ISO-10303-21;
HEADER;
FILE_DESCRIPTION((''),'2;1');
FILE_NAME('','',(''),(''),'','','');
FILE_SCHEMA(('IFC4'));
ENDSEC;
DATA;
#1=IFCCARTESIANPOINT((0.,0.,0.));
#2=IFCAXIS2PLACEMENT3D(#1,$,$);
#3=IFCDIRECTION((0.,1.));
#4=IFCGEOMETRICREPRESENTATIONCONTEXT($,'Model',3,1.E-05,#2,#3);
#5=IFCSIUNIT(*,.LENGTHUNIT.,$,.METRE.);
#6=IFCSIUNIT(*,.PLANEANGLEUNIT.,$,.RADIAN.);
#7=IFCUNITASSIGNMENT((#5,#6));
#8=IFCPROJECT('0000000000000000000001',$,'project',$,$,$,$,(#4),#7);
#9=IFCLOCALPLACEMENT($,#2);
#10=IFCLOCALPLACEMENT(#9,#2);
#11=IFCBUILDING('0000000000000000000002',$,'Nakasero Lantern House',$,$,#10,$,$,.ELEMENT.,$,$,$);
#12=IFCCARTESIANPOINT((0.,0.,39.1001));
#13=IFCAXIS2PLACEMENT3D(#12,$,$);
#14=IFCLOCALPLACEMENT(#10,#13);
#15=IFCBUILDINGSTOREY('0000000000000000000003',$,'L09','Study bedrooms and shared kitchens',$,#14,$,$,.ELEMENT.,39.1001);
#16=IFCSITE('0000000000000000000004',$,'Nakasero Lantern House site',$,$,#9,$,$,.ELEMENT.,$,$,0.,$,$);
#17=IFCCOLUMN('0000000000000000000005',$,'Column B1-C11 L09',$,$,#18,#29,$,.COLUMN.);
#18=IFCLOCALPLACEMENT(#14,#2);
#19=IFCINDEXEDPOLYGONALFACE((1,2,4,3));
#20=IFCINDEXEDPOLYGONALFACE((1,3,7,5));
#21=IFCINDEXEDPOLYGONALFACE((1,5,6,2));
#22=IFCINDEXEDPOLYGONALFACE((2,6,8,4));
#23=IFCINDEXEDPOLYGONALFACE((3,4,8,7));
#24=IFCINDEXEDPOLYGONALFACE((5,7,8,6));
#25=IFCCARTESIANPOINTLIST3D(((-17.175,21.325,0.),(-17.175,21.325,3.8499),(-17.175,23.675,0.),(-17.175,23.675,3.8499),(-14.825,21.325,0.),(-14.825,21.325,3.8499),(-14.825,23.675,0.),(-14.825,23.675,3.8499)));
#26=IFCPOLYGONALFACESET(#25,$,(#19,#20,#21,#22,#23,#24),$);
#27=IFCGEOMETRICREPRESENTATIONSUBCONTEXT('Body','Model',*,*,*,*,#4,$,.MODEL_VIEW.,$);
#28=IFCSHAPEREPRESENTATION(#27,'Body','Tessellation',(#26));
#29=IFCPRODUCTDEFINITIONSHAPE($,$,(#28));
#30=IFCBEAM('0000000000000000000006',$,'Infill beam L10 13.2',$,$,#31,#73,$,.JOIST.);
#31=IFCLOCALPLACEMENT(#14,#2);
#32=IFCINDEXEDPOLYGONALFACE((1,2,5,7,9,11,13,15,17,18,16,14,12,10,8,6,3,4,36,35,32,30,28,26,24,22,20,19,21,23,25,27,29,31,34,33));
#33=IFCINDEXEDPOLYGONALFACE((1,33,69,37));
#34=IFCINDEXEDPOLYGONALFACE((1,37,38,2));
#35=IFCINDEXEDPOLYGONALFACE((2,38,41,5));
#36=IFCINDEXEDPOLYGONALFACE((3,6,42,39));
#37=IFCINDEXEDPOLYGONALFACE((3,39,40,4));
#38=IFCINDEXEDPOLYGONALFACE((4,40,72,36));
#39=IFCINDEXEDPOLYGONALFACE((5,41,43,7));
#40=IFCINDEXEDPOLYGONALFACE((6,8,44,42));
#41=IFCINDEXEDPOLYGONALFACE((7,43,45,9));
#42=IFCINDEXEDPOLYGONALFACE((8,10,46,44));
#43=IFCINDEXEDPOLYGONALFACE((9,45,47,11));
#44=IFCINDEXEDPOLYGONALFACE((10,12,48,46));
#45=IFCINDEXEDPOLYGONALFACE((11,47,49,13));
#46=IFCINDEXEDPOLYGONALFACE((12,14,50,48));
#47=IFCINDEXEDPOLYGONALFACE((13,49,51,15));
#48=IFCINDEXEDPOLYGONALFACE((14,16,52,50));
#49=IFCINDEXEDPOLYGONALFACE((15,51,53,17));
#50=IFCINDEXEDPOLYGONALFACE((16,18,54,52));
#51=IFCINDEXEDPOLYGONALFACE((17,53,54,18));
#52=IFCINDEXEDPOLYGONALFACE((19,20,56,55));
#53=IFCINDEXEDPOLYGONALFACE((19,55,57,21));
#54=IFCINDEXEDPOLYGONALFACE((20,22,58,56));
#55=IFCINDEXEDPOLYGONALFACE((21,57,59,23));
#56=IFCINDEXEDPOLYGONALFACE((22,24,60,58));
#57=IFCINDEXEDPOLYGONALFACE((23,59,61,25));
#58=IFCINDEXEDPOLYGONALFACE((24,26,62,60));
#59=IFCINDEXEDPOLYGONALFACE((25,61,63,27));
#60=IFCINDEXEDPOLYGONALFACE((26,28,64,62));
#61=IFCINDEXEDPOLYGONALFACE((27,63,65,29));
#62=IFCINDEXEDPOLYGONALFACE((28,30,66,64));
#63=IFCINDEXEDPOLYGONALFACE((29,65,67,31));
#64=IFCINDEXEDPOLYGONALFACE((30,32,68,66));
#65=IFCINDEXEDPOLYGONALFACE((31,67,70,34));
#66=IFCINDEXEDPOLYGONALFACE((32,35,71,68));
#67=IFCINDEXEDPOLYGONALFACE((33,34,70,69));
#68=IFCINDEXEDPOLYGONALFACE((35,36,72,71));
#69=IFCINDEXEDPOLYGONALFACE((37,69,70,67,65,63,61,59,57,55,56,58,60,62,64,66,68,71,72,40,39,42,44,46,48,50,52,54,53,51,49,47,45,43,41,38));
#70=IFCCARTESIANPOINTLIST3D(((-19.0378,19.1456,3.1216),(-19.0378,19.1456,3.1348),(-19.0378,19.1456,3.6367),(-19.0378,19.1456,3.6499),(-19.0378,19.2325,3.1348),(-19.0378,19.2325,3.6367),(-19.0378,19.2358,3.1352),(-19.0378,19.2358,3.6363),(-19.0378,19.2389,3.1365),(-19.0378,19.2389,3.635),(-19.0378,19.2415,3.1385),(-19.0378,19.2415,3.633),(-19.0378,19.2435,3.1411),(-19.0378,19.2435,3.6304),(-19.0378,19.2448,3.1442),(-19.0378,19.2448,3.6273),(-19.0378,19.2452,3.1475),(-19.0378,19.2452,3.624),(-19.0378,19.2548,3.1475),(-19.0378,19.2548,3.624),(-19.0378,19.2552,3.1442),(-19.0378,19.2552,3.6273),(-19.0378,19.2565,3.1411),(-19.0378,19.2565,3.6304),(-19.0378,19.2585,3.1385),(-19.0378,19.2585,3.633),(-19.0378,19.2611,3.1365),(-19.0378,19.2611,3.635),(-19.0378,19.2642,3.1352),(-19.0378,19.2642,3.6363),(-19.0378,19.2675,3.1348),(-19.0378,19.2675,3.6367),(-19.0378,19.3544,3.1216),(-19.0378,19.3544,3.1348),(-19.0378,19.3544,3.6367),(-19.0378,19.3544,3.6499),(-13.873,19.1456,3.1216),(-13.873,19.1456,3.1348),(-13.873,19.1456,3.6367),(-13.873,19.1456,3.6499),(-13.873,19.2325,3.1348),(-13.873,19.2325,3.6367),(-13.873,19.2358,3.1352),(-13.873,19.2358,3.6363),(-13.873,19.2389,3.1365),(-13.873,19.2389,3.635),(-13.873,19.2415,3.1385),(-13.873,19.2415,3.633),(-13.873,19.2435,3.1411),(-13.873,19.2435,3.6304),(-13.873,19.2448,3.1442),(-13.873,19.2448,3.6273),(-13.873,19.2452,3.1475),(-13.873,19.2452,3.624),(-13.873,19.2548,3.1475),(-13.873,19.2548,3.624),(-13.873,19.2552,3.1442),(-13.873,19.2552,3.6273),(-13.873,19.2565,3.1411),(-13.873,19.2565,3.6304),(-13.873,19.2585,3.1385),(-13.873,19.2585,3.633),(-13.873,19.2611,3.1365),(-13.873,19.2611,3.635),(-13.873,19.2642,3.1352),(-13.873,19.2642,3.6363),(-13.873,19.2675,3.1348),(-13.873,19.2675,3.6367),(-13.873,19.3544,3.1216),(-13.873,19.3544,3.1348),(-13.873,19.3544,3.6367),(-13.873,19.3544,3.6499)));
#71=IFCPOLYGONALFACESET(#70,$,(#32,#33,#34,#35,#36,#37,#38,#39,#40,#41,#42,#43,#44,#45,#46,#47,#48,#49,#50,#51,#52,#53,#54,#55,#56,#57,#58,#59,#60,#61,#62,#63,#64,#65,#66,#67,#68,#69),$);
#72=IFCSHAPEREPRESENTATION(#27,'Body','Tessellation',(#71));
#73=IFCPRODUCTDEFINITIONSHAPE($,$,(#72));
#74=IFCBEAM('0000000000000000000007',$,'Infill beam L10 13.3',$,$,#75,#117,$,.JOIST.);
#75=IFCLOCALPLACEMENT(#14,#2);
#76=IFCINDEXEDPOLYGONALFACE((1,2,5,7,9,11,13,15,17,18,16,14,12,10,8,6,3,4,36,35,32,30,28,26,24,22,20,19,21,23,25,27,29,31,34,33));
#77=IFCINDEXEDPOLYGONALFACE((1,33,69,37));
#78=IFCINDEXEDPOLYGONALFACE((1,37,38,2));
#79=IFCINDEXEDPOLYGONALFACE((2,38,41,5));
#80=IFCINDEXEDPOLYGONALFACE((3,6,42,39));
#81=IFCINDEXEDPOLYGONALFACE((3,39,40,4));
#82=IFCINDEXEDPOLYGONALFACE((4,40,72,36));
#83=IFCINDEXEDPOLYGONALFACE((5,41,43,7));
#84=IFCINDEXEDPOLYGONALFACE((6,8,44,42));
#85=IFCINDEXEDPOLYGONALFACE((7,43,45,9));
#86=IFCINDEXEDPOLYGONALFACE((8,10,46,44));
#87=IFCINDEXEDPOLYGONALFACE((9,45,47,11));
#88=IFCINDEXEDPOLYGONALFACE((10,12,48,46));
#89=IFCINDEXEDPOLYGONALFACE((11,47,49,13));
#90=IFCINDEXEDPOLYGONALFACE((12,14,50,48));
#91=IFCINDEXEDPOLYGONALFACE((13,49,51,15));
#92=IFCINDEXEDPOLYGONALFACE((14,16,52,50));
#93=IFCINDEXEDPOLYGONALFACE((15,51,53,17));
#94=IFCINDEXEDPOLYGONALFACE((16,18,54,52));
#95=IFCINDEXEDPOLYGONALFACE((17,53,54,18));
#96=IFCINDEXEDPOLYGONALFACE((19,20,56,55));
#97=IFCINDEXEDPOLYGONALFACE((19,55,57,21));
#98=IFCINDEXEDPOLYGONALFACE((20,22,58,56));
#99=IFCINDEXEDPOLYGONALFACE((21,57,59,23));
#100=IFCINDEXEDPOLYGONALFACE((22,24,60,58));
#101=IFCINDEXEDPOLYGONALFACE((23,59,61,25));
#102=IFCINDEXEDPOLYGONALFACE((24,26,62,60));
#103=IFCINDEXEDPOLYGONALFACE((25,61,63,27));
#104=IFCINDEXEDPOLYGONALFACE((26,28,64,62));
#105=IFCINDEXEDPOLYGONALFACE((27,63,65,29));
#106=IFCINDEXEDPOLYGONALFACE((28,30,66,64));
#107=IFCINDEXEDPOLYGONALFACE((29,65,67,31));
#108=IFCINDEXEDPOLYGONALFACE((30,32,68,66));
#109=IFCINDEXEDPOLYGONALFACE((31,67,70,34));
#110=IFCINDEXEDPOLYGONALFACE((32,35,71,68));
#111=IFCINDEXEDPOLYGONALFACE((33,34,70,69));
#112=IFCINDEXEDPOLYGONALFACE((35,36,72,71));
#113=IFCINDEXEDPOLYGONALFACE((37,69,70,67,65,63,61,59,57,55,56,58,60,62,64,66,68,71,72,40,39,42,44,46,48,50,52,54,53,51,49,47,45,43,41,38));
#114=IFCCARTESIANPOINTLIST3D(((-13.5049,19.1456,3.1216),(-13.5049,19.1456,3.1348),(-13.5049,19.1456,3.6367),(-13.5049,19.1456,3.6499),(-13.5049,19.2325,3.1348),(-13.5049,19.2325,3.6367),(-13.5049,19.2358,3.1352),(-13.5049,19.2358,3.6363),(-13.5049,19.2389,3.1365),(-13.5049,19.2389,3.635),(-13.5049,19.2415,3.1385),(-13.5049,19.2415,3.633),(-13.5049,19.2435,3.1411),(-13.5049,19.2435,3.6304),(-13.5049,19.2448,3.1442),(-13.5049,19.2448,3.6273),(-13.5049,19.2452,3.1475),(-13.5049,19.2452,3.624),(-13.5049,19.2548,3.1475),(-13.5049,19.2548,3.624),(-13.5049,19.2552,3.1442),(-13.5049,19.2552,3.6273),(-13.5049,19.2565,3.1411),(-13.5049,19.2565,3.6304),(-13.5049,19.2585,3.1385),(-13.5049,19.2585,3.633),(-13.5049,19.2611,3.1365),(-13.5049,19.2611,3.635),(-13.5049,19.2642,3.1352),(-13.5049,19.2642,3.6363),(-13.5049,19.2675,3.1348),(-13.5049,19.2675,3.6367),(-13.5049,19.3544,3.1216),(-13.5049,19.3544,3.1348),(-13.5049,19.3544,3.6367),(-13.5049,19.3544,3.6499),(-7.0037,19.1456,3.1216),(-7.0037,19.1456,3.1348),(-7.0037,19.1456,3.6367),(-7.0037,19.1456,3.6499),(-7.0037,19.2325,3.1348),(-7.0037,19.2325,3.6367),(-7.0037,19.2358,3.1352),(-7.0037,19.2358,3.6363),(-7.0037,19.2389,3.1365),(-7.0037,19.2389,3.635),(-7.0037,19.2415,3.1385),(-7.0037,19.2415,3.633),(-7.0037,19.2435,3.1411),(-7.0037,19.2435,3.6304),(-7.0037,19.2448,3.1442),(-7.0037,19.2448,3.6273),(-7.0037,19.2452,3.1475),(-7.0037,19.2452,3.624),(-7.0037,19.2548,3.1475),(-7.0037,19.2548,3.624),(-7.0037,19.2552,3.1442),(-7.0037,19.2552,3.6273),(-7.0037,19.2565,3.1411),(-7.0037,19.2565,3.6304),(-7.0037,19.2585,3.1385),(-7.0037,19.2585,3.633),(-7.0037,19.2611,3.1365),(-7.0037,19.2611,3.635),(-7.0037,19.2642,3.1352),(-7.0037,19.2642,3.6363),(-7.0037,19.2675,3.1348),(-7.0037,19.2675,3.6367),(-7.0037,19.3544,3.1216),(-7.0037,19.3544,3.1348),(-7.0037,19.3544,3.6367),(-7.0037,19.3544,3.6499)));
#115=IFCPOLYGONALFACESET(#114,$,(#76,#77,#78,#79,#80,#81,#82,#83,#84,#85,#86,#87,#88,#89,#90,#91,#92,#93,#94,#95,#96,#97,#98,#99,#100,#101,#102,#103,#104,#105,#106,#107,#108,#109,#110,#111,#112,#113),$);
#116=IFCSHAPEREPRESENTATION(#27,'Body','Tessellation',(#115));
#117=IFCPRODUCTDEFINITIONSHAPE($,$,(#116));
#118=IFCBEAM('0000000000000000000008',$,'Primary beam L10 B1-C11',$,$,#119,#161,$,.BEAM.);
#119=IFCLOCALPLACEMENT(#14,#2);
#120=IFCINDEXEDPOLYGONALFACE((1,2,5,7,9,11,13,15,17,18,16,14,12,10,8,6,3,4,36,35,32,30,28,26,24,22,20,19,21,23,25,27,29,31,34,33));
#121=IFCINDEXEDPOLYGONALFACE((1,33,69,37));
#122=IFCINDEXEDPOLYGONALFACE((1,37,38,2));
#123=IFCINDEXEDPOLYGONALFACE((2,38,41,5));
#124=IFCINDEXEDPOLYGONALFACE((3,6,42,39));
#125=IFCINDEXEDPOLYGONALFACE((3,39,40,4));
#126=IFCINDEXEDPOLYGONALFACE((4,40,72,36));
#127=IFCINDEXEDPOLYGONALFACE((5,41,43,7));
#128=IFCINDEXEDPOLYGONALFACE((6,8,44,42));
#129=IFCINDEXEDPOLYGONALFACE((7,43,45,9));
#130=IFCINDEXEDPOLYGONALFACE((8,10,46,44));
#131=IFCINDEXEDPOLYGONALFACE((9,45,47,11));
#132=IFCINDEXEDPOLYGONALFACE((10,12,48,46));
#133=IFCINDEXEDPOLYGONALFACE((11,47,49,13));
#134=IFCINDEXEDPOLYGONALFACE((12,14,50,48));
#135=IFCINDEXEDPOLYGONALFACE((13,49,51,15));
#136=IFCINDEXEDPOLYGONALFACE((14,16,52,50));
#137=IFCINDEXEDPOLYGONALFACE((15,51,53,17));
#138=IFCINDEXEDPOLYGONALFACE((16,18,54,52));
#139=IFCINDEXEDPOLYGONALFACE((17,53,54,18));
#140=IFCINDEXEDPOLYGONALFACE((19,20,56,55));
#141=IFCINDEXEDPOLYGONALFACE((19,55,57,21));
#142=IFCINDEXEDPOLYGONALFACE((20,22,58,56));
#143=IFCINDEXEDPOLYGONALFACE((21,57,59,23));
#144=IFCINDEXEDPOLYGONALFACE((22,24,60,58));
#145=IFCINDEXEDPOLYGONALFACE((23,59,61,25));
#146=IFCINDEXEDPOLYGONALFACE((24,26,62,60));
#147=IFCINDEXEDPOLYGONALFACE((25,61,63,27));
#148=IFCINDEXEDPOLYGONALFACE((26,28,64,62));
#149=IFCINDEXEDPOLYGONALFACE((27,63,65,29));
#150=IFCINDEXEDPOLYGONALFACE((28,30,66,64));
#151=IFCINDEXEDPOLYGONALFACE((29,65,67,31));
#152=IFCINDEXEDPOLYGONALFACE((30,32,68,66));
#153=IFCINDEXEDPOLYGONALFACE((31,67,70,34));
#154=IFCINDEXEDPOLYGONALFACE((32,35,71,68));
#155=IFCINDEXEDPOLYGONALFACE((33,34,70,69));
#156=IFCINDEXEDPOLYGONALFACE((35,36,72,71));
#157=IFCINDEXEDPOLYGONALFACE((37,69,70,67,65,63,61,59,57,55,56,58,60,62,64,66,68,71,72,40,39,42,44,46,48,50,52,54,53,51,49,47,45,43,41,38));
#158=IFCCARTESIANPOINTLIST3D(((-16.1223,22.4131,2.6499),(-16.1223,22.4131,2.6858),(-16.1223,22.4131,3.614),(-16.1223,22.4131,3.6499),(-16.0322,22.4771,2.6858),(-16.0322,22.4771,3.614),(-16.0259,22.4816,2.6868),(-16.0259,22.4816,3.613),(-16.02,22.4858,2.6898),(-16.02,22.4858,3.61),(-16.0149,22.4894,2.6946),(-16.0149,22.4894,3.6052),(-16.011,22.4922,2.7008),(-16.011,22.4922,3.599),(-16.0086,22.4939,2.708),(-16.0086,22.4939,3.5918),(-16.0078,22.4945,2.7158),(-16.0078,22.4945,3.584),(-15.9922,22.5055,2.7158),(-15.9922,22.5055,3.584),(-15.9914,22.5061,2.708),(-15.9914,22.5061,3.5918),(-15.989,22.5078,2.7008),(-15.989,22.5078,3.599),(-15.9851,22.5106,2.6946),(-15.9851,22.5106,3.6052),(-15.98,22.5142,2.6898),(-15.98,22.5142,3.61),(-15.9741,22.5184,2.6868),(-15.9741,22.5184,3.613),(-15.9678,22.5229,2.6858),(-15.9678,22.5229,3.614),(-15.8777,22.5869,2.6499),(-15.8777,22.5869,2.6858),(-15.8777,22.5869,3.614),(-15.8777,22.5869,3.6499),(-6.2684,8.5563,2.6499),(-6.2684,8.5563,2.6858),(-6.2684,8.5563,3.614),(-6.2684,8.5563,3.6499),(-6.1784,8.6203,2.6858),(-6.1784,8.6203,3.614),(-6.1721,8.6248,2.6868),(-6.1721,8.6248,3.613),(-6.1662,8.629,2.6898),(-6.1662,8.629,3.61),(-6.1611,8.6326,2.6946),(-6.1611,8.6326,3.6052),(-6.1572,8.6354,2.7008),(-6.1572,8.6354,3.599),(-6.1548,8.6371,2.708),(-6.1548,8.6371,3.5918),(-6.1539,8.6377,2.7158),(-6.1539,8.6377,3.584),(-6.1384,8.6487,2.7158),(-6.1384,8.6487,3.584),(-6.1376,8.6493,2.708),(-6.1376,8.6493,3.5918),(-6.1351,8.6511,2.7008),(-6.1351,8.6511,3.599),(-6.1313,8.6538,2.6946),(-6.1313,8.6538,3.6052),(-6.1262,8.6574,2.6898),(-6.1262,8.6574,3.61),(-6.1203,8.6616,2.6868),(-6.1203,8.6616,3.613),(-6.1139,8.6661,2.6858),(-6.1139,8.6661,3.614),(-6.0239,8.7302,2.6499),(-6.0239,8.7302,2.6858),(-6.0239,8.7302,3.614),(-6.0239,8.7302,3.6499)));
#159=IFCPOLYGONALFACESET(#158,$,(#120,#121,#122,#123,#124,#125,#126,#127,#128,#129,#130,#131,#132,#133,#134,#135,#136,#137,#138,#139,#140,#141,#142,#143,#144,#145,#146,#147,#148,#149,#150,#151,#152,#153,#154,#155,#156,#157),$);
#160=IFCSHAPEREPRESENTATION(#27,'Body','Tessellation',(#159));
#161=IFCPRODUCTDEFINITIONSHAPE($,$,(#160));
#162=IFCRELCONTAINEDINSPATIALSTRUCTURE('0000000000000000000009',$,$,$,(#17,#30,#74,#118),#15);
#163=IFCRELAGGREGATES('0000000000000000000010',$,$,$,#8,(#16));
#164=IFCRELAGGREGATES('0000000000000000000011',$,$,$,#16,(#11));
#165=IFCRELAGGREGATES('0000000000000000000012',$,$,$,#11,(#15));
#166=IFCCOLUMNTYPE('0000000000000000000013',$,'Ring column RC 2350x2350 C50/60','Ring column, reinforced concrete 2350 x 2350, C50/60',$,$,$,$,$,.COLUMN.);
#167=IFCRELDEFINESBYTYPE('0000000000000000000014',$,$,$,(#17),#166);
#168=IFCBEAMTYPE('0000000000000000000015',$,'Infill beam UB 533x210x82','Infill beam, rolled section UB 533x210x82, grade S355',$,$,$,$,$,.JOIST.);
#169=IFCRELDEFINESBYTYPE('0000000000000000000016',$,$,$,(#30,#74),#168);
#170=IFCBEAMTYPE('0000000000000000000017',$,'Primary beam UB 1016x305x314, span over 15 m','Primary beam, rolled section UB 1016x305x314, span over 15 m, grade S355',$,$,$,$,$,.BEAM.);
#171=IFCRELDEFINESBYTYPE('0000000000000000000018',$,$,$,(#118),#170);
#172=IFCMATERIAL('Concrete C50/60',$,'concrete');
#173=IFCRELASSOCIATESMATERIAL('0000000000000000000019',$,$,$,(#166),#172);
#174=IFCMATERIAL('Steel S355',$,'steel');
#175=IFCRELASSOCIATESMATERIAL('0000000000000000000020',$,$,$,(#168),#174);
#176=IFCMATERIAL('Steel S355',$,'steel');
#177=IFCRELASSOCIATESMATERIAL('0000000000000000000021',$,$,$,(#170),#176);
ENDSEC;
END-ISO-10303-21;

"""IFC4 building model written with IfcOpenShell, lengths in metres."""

from ifc_helpers import new_model, si_unit, direction, frame, origin, origin_2d, place, context, subcontext, project, spatial, rectangle, i_section, extrude, material, material_profile, profile_set, type_object, element, save


model = new_model("IFC4")

# Units and contexts
model_context = context("Model", 3, precision=1e-05, world=origin(), true_north=direction((0.0, 1.0)))
body_context = subcontext(model_context, "Body", "Model", "MODEL_VIEW")
ifc_project = project(units=[si_unit("LENGTHUNIT", "METRE"), si_unit("PLANEANGLEUNIT", "RADIAN")], contexts=[model_context])

# Site, building, storey
site_placement = place(None, origin())
site = spatial("IfcSite", under=ifc_project, at=site_placement, Name="Nakasero Lantern House site", CompositionType="ELEMENT", RefElevation=0.0)
building_placement = place(site_placement, origin())
building = spatial("IfcBuilding", under=site, at=building_placement, Name="Nakasero Lantern House", CompositionType="ELEMENT")
storey_placement = place(building_placement, frame((0.0, 0.0, 39.1001)))
storey = spatial("IfcBuildingStorey", under=building, at=storey_placement, Name="L09", Description="Study bedrooms and shared kitchens", CompositionType="ELEMENT", Elevation=39.1001)

# Column
ifc_material_1 = material(Name="Concrete C50/60", Category="concrete")
ifc_material_profile_1 = material_profile(ifc_material_1, rectangle(XDim=2.3501, YDim=2.3501, at=origin_2d()), Name="RC 2350x2350")
ifc_profile_set_1 = profile_set([ifc_material_profile_1], Name="Concrete C50/60")
column_type = type_object("IfcColumnType", Name="Ring column RC 2350x2350 C50/60", Description="Ring column, reinforced concrete 2350 x 2350, C50/60", PredefinedType="COLUMN", material=ifc_profile_set_1)
column_placement = place(storey_placement, frame((-16.0, 22.5, 0.0), z_axis=(0.0, 0.0, 1.0), x_axis=(1.0, 0.0, 0.0)))
element("IfcColumn", 1, at=column_placement, inside=storey, type_object=column_type, Name="Column B1-C11 L09", PredefinedType="COLUMN", context=body_context, shape_type="SweptSolid", body=[
    extrude(rectangle(XDim=2.3501, YDim=2.3501, at=origin_2d()), origin(), (0.0, 0.0, 1.0), 3.8499),
])

# Beams
ifc_material_2 = material(Name="Steel S355", Category="steel")
ifc_material_profile_2 = material_profile(ifc_material_2, i_section(OverallWidth=0.2087, OverallDepth=0.5283, WebThickness=0.0095, FlangeThickness=0.0132, FilletRadius=0.0127, at=origin_2d()), Name="UB 533x210x82")
ifc_profile_set_2 = profile_set([ifc_material_profile_2], Name="Steel S355")
beam_type_1 = type_object("IfcBeamType", Name="Infill beam UB 533x210x82", Description="Infill beam, rolled section UB 533x210x82, grade S355", PredefinedType="JOIST", material=ifc_profile_set_2)
beam_1_placement = place(storey_placement, frame((-19.0378, 19.25, 3.3857), z_axis=(1.0, 0.0, 0.0), x_axis=(0.0, 1.0, 0.0)))
element("IfcBeam", 2, at=beam_1_placement, inside=storey, type_object=beam_type_1, Name="Infill beam L10 13.2", PredefinedType="JOIST", context=body_context, shape_type="SweptSolid", body=[
    extrude(i_section(OverallWidth=0.2087, OverallDepth=0.5283, WebThickness=0.0095, FlangeThickness=0.0132, FilletRadius=0.0127, at=origin_2d()), origin(), (0.0, 0.0, 1.0), 5.1648),
])
beam_2_placement = place(storey_placement, frame((-13.5049, 19.25, 3.3857), z_axis=(1.0, 0.0, 0.0), x_axis=(0.0, 1.0, 0.0)))
element("IfcBeam", 3, at=beam_2_placement, inside=storey, type_object=beam_type_1, Name="Infill beam L10 13.3", PredefinedType="JOIST", context=body_context, shape_type="SweptSolid", body=[
    extrude(i_section(OverallWidth=0.2087, OverallDepth=0.5283, WebThickness=0.0095, FlangeThickness=0.0132, FilletRadius=0.0127, at=origin_2d()), origin(), (0.0, 0.0, 1.0), 6.5012),
])
ifc_material_3 = material(Name="Steel S355", Category="steel")
ifc_material_profile_3 = material_profile(ifc_material_3, i_section(OverallWidth=0.3, OverallDepth=1.0, WebThickness=0.019, FlangeThickness=0.0359, FilletRadius=0.03, at=origin_2d()), Name="UB 1016x305x314")
ifc_profile_set_3 = profile_set([ifc_material_profile_3], Name="Steel S355")
beam_type_2 = type_object("IfcBeamType", Name="Primary beam UB 1016x305x314, span over 15 m", Description="Primary beam, rolled section UB 1016x305x314, span over 15 m, grade S355", PredefinedType="BEAM", material=ifc_profile_set_3)
beam_3_placement = place(storey_placement, frame((-16.0, 22.5, 3.1499), z_axis=(0.579528, -0.814952, 0.0), x_axis=(0.814952, 0.579528, 0.0)))
element("IfcBeam", 4, at=beam_3_placement, inside=storey, type_object=beam_type_2, Name="Primary beam L10 B1-C11", PredefinedType="BEAM", context=body_context, shape_type="SweptSolid", body=[
    extrude(i_section(OverallWidth=0.3, OverallDepth=1.0, WebThickness=0.019, FlangeThickness=0.0359, FilletRadius=0.03, at=origin_2d()), origin(), (0.0, 0.0, 1.0), 17.0032),
])

save(model, "model.ifc")
